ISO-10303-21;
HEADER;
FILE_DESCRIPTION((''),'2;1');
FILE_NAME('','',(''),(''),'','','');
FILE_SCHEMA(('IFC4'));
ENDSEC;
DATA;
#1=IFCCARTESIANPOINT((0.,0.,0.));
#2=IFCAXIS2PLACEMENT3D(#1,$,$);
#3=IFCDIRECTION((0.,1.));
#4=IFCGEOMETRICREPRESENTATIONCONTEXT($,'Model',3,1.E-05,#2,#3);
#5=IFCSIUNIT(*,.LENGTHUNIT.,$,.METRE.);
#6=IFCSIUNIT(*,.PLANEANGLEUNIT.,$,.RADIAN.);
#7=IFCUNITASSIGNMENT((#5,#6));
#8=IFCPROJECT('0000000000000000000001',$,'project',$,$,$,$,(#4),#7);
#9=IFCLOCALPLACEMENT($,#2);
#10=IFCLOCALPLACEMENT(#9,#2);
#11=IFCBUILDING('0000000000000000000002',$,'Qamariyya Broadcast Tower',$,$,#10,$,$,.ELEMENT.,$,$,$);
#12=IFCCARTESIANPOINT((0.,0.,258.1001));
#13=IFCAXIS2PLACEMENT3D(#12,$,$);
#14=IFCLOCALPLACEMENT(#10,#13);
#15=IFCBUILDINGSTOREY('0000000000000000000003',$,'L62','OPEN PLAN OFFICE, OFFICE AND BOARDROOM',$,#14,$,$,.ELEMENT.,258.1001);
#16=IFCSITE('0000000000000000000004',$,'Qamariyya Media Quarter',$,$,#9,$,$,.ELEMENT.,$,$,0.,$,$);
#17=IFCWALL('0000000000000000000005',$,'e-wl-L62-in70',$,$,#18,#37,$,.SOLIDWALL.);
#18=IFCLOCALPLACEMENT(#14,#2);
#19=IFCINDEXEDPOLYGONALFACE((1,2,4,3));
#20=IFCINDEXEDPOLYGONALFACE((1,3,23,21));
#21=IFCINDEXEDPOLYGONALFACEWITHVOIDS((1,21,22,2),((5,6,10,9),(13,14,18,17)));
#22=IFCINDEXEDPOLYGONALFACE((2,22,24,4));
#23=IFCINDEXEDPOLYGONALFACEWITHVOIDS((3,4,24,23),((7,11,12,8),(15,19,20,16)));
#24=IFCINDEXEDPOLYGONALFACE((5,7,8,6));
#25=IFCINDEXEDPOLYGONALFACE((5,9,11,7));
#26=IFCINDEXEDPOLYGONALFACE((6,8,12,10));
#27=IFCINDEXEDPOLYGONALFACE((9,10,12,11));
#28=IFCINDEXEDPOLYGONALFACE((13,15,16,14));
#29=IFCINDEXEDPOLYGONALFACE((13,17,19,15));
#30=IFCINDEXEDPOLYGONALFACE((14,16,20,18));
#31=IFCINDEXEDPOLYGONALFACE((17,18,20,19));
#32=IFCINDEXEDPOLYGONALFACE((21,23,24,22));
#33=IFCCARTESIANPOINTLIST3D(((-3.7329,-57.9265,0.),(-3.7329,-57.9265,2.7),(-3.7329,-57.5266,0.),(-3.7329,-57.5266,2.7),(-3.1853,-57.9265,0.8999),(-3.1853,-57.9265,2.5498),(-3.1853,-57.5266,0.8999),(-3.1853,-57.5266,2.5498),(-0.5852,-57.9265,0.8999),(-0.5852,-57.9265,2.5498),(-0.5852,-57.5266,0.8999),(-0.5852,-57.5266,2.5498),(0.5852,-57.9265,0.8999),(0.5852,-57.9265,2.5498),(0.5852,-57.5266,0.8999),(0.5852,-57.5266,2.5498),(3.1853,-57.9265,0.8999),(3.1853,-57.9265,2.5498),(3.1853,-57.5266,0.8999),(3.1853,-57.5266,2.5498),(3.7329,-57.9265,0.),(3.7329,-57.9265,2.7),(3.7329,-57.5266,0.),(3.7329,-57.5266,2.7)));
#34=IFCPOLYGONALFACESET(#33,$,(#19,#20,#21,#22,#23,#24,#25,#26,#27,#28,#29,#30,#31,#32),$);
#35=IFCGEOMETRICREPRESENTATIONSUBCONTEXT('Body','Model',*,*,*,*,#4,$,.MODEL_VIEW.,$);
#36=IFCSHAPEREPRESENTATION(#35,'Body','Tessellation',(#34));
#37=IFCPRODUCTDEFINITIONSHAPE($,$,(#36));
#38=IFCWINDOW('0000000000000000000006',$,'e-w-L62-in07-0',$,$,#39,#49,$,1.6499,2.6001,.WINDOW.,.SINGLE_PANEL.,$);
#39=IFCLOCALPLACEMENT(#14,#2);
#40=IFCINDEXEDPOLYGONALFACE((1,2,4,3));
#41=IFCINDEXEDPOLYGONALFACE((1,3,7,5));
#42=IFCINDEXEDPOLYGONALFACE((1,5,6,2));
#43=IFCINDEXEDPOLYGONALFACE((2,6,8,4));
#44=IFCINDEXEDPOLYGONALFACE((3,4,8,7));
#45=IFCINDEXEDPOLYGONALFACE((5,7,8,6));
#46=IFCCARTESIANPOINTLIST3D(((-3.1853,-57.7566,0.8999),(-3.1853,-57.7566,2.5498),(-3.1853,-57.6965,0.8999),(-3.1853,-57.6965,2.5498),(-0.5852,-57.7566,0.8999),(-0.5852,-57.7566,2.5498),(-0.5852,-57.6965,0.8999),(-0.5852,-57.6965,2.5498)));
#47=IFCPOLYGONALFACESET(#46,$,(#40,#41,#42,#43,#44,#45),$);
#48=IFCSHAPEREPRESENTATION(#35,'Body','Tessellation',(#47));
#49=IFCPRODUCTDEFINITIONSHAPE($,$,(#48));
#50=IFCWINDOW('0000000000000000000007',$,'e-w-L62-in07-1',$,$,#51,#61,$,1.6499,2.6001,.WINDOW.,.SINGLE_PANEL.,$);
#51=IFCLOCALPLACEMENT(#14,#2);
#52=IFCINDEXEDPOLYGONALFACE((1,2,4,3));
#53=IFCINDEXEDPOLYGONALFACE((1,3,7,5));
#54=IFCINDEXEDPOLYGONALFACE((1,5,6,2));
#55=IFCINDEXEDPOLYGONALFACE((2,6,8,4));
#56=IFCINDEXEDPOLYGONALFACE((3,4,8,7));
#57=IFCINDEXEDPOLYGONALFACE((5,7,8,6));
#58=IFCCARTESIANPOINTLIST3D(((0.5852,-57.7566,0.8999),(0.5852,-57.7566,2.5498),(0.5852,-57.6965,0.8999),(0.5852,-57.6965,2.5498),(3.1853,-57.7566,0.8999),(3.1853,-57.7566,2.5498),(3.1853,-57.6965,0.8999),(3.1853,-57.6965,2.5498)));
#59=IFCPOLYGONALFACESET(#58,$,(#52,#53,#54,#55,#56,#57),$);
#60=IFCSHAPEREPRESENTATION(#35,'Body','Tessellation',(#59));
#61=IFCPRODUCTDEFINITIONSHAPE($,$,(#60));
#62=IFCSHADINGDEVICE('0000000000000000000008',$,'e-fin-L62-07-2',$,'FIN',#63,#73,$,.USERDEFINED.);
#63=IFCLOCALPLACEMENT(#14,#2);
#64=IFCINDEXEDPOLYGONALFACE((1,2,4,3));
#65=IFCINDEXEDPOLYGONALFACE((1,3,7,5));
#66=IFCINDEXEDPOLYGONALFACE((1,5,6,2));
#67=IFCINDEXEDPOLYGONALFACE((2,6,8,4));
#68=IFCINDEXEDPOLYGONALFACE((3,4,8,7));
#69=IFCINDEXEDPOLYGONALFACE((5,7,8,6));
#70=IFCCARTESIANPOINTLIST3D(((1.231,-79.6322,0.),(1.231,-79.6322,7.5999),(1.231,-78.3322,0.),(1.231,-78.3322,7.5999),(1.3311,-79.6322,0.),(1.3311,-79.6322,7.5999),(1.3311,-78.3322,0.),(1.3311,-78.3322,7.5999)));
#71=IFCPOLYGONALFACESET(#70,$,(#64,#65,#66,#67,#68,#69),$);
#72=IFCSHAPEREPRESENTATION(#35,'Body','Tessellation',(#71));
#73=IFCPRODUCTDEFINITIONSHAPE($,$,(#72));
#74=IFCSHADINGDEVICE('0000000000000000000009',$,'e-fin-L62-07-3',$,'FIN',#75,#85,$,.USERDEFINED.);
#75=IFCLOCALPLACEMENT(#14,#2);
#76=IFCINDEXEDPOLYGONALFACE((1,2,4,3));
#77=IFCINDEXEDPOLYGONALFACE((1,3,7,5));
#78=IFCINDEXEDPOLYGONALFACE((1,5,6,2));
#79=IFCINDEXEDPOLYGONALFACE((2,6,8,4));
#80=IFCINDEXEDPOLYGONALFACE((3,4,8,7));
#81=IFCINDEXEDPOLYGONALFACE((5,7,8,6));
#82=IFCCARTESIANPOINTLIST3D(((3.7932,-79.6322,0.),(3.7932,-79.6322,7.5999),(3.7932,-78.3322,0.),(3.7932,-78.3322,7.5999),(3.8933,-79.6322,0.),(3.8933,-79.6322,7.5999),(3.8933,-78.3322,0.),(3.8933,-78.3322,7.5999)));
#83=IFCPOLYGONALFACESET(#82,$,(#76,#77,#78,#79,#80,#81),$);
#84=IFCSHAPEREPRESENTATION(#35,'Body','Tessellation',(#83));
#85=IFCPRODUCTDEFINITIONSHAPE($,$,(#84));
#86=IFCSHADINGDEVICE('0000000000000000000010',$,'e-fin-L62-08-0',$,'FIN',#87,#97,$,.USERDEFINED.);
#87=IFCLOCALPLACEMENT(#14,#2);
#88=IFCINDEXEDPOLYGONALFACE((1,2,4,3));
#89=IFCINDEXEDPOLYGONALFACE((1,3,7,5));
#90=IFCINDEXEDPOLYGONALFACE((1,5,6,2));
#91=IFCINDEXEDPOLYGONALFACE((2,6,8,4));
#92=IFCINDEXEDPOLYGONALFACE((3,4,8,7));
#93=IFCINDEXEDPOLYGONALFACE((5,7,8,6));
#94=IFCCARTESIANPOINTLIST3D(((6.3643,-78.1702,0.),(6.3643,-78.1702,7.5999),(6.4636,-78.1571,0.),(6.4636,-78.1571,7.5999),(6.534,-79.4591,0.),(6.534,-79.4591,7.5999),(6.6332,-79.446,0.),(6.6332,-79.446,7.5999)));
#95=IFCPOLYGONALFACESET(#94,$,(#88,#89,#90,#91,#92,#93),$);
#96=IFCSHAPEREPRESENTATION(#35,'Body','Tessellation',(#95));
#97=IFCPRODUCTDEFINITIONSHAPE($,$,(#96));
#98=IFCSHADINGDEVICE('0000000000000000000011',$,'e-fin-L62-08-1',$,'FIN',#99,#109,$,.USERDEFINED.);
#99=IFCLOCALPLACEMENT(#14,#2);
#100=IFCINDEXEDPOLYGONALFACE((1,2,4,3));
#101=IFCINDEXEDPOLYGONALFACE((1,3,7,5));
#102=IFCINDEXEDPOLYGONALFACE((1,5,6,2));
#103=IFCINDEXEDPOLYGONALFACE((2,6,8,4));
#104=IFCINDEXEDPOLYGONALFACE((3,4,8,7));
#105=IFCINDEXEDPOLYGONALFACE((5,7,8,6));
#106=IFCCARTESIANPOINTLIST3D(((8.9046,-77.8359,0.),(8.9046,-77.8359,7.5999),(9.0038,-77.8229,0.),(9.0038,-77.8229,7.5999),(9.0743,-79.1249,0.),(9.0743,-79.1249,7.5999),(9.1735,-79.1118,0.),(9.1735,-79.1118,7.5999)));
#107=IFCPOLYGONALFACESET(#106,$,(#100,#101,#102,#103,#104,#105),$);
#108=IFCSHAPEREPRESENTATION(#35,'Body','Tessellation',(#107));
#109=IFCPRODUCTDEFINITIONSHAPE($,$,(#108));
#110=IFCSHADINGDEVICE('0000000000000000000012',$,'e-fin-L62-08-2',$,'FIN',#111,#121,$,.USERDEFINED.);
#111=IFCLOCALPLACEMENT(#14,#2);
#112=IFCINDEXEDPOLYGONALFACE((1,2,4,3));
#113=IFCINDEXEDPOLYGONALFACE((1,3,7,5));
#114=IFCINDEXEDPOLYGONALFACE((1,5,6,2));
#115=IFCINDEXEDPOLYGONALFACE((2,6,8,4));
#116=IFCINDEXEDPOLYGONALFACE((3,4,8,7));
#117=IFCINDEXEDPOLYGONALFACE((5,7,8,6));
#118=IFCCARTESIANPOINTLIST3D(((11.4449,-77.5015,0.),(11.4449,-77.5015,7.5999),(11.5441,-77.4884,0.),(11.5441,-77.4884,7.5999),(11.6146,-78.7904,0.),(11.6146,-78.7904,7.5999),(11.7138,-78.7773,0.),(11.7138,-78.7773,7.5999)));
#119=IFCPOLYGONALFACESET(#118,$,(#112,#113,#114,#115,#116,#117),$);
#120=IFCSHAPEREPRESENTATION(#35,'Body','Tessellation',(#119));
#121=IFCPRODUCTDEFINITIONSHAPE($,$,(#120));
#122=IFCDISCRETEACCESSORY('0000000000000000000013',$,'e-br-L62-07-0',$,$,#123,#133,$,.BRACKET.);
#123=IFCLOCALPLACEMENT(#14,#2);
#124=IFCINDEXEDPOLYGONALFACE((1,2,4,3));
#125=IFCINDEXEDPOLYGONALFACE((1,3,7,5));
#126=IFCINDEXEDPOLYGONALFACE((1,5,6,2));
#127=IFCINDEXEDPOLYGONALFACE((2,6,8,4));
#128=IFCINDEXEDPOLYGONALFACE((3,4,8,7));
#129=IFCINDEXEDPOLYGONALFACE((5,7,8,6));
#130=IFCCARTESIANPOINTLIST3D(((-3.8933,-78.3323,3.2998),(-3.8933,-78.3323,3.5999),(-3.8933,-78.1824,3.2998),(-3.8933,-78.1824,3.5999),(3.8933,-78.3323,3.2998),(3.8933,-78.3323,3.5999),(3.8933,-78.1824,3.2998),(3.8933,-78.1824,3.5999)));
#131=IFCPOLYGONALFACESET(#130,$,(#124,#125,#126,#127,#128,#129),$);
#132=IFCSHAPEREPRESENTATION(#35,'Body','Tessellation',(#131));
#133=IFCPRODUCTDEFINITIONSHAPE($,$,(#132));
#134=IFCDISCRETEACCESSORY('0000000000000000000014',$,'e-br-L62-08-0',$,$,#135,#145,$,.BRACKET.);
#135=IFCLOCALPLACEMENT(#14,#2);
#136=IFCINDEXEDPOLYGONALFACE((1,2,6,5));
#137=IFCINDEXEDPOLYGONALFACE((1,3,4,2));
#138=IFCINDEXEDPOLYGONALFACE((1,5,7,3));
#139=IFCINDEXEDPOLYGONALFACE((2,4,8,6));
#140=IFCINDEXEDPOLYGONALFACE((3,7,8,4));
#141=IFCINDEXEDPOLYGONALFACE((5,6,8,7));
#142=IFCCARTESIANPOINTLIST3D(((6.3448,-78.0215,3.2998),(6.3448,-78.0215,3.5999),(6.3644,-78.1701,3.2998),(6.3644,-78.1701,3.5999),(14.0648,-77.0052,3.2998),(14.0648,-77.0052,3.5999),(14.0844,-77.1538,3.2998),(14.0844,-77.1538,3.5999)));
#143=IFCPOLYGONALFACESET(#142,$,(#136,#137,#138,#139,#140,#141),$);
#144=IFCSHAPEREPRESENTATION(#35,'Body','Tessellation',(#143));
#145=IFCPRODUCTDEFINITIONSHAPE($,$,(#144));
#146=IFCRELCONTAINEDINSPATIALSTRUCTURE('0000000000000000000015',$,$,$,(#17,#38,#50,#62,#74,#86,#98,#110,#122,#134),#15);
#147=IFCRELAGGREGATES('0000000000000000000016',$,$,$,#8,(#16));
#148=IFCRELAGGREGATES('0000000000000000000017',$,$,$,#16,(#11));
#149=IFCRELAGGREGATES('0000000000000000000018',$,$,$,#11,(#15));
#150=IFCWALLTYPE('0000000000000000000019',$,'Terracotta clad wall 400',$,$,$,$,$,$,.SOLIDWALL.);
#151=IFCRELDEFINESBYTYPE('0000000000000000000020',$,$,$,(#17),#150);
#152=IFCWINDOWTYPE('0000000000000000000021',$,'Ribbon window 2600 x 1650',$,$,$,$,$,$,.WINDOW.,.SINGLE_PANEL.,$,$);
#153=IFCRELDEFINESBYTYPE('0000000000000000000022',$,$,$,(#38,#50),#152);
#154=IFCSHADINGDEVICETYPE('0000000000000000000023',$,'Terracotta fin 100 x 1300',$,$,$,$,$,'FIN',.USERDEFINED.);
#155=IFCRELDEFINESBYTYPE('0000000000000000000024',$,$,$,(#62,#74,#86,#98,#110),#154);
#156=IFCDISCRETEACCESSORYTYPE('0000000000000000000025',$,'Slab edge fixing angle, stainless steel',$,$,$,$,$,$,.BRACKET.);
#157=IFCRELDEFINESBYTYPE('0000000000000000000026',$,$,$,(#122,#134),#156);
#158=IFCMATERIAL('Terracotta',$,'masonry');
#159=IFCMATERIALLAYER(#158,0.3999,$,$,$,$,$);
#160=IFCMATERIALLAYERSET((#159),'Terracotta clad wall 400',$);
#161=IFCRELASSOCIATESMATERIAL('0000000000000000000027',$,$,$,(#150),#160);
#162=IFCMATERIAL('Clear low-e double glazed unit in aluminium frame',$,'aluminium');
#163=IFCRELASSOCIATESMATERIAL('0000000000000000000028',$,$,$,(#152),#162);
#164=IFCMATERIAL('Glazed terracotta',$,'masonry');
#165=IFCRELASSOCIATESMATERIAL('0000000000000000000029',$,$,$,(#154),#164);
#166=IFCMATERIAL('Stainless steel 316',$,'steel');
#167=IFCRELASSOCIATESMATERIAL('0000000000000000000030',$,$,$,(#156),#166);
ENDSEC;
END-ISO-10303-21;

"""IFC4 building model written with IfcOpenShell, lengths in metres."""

from ifc_helpers import new_model, si_unit, direction, frame, frame_2d, origin, origin_2d, place, context, subcontext, project, spatial, rectangle, extrude, material, layer, layer_set, material_profile, profile_set, type_object, element, fill, save


model = new_model("IFC4")

# Units and contexts
model_context = context("Model", 3, precision=1e-05, world=origin(), true_north=direction((0.0, 1.0)))
body_context = subcontext(model_context, "Body", "Model", "MODEL_VIEW")
ifc_project = project(units=[si_unit("LENGTHUNIT", "METRE"), si_unit("PLANEANGLEUNIT", "RADIAN")], contexts=[model_context])

# Site, building, storey
site_placement = place(None, origin())
site = spatial("IfcSite", under=ifc_project, at=site_placement, Name="Qamariyya Media Quarter", CompositionType="ELEMENT", RefElevation=0.0)
building_placement = place(site_placement, origin())
building = spatial("IfcBuilding", under=site, at=building_placement, Name="Qamariyya Broadcast Tower", CompositionType="ELEMENT")
storey_placement = place(building_placement, frame((0.0, 0.0, 258.1001)))
storey = spatial("IfcBuildingStorey", under=building, at=storey_placement, Name="L62", Description="OPEN PLAN OFFICE, OFFICE AND BOARDROOM", CompositionType="ELEMENT", Elevation=258.1001)

# Wall, openings, windows
ifc_material_1 = material(Name="Terracotta", Category="masonry")
ifc_layer_1 = layer(ifc_material_1, 0.3999)
ifc_layer_set_1 = layer_set([ifc_layer_1], Name="Terracotta clad wall 400")
wall_type_1 = type_object("IfcWallType", Name="Terracotta clad wall 400", PredefinedType="SOLIDWALL", material=ifc_layer_set_1)
wall_1_placement = place(storey_placement, frame((3.7329, -57.7266, 0.0), z_axis=(0.0, 0.0, 1.0), x_axis=(-1.0, 0.0, 0.0)))
wall_1 = element("IfcWall", 1, at=wall_1_placement, inside=storey, type_object=wall_type_1, Name="e-wl-L62-in70", PredefinedType="SOLIDWALL", context=body_context, shape_type="SweptSolid", body=[
    extrude(rectangle(XDim=7.4658, YDim=0.3999, at=frame_2d((3.7329, 0.0))), origin(), (0.0, 0.0, 1.0), 2.7),
])
opening_1_placement = place(wall_1_placement, frame((4.3181, 0.0, 0.8999)))
opening_1 = element("IfcOpeningElement", 2, at=opening_1_placement, cuts=wall_1, PredefinedType="OPENING", context=body_context, shape_type="SweptSolid", body=[
    extrude(rectangle(XDim=2.6001, YDim=1.6499, at=frame_2d((1.3, 0.825))), frame((0.0, 0.21, 0.0), z_axis=(0.0, -1.0, 0.0), x_axis=(1.0, 0.0, 0.0)), (0.0, 0.0, 1.0), 0.4199),
])
opening_2_placement = place(wall_1_placement, frame((0.5476, 0.0, 0.8999)))
opening_2 = element("IfcOpeningElement", 3, at=opening_2_placement, cuts=wall_1, PredefinedType="OPENING", context=body_context, shape_type="SweptSolid", body=[
    extrude(rectangle(XDim=2.6001, YDim=1.6499, at=frame_2d((1.3, 0.825))), frame((0.0, 0.21, 0.0), z_axis=(0.0, -1.0, 0.0), x_axis=(1.0, 0.0, 0.0)), (0.0, 0.0, 1.0), 0.4199),
])
ifc_material_2 = material(Name="Clear low-e double glazed unit in aluminium frame", Category="aluminium")
window_type = type_object("IfcWindowType", Name="Ribbon window 2600 x 1650", PartitioningType="SINGLE_PANEL", PredefinedType="WINDOW", material=ifc_material_2)
window_1_placement = place(opening_1_placement, origin())
window_1 = element("IfcWindow", 4, at=window_1_placement, inside=storey, type_object=window_type, Name="e-w-L62-in07-0", OverallHeight=1.6499, OverallWidth=2.6001, PartitioningType="SINGLE_PANEL", PredefinedType="WINDOW", context=body_context, shape_type="SweptSolid", body=[
    extrude(rectangle(XDim=2.6001, YDim=1.6499, at=frame_2d((1.3, 0.825))), frame((0.0, 0.03, 0.0), z_axis=(0.0, -1.0, 0.0), x_axis=(1.0, 0.0, 0.0)), (0.0, 0.0, 1.0), 0.0601),
])
fill(opening_1, window_1)
window_2_placement = place(opening_2_placement, origin())
window_2 = element("IfcWindow", 5, at=window_2_placement, inside=storey, type_object=window_type, Name="e-w-L62-in07-1", OverallHeight=1.6499, OverallWidth=2.6001, PartitioningType="SINGLE_PANEL", PredefinedType="WINDOW", context=body_context, shape_type="SweptSolid", body=[
    extrude(rectangle(XDim=2.6001, YDim=1.6499, at=frame_2d((1.3, 0.825))), frame((0.0, 0.03, 0.0), z_axis=(0.0, -1.0, 0.0), x_axis=(1.0, 0.0, 0.0)), (0.0, 0.0, 1.0), 0.0601),
])
fill(opening_2, window_2)

# Shading devices
ifc_material_3 = material(Name="Glazed terracotta", Category="masonry")
ifc_material_profile_1 = material_profile(ifc_material_3, rectangle(XDim=1.3, YDim=0.1001, at=origin_2d()))
ifc_profile_set_1 = profile_set([ifc_material_profile_1], Name="Glazed terracotta")
shading_device_type_1 = type_object("IfcShadingDeviceType", Name="Terracotta fin 100 x 1300", ElementType="FIN", PredefinedType="USERDEFINED", material=ifc_profile_set_1)
for number, where, z_axis, x_axis, name in (
    (6, (1.281, -78.9822, 0.0), (0.0, 0.0, 1.0), (0.0, -1.0, 0.0), "e-fin-L62-07-2"),
    (7, (3.8433, -78.9822, 0.0), (0.0, 0.0, 1.0), (0.0, -1.0, 0.0), "e-fin-L62-07-3"),
    (8, (6.4988, -78.8081, 0.0), (0.0, 0.0, 1.0), (0.130526, -0.991445, 0.0), "e-fin-L62-08-0"),
    (9, (9.0391, -78.4739, 0.0), (0.0, 0.0, 1.0), (0.130526, -0.991445, 0.0), "e-fin-L62-08-1"),
    (10, (11.5793, -78.1394, 0.0), (0.0, 0.0, 1.0), (0.130526, -0.991445, 0.0), "e-fin-L62-08-2"),
):
    element("IfcShadingDevice", number, at=place(storey_placement, frame(where, z_axis=z_axis, x_axis=x_axis)), inside=storey, type_object=shading_device_type_1, Name=name, ObjectType="FIN", PredefinedType="USERDEFINED", context=body_context, shape_type="SweptSolid", body=[
        extrude(rectangle(XDim=1.3, YDim=0.1001, at=origin_2d()), origin(), (0.0, 0.0, 1.0), 7.5999),
    ])

# Discrete accessories
ifc_material_4 = material(Name="Stainless steel 316", Category="steel")
discrete_accessory_type = type_object("IfcDiscreteAccessoryType", Name="Slab edge fixing angle, stainless steel", PredefinedType="BRACKET", material=ifc_material_4)
for number, where, z_axis, x_axis, name in (
    (11, (0.0, -78.2573, 3.2998), (0.0, 0.0, 1.0), (1.0, 0.0, 0.0), "e-br-L62-07-0"),
    (12, (10.2146, -77.5876, 3.2998), (0.0, 0.0, 1.0), (0.991445, 0.130526, 0.0), "e-br-L62-08-0"),
):
    element("IfcDiscreteAccessory", number, at=place(storey_placement, frame(where, z_axis=z_axis, x_axis=x_axis)), inside=storey, type_object=discrete_accessory_type, Name=name, PredefinedType="BRACKET", context=body_context, shape_type="SweptSolid", body=[
        extrude(rectangle(XDim=7.7866, YDim=0.1499, at=origin_2d()), origin(), (0.0, 0.0, 1.0), 0.3),
    ])

save(model, "model.ifc")
